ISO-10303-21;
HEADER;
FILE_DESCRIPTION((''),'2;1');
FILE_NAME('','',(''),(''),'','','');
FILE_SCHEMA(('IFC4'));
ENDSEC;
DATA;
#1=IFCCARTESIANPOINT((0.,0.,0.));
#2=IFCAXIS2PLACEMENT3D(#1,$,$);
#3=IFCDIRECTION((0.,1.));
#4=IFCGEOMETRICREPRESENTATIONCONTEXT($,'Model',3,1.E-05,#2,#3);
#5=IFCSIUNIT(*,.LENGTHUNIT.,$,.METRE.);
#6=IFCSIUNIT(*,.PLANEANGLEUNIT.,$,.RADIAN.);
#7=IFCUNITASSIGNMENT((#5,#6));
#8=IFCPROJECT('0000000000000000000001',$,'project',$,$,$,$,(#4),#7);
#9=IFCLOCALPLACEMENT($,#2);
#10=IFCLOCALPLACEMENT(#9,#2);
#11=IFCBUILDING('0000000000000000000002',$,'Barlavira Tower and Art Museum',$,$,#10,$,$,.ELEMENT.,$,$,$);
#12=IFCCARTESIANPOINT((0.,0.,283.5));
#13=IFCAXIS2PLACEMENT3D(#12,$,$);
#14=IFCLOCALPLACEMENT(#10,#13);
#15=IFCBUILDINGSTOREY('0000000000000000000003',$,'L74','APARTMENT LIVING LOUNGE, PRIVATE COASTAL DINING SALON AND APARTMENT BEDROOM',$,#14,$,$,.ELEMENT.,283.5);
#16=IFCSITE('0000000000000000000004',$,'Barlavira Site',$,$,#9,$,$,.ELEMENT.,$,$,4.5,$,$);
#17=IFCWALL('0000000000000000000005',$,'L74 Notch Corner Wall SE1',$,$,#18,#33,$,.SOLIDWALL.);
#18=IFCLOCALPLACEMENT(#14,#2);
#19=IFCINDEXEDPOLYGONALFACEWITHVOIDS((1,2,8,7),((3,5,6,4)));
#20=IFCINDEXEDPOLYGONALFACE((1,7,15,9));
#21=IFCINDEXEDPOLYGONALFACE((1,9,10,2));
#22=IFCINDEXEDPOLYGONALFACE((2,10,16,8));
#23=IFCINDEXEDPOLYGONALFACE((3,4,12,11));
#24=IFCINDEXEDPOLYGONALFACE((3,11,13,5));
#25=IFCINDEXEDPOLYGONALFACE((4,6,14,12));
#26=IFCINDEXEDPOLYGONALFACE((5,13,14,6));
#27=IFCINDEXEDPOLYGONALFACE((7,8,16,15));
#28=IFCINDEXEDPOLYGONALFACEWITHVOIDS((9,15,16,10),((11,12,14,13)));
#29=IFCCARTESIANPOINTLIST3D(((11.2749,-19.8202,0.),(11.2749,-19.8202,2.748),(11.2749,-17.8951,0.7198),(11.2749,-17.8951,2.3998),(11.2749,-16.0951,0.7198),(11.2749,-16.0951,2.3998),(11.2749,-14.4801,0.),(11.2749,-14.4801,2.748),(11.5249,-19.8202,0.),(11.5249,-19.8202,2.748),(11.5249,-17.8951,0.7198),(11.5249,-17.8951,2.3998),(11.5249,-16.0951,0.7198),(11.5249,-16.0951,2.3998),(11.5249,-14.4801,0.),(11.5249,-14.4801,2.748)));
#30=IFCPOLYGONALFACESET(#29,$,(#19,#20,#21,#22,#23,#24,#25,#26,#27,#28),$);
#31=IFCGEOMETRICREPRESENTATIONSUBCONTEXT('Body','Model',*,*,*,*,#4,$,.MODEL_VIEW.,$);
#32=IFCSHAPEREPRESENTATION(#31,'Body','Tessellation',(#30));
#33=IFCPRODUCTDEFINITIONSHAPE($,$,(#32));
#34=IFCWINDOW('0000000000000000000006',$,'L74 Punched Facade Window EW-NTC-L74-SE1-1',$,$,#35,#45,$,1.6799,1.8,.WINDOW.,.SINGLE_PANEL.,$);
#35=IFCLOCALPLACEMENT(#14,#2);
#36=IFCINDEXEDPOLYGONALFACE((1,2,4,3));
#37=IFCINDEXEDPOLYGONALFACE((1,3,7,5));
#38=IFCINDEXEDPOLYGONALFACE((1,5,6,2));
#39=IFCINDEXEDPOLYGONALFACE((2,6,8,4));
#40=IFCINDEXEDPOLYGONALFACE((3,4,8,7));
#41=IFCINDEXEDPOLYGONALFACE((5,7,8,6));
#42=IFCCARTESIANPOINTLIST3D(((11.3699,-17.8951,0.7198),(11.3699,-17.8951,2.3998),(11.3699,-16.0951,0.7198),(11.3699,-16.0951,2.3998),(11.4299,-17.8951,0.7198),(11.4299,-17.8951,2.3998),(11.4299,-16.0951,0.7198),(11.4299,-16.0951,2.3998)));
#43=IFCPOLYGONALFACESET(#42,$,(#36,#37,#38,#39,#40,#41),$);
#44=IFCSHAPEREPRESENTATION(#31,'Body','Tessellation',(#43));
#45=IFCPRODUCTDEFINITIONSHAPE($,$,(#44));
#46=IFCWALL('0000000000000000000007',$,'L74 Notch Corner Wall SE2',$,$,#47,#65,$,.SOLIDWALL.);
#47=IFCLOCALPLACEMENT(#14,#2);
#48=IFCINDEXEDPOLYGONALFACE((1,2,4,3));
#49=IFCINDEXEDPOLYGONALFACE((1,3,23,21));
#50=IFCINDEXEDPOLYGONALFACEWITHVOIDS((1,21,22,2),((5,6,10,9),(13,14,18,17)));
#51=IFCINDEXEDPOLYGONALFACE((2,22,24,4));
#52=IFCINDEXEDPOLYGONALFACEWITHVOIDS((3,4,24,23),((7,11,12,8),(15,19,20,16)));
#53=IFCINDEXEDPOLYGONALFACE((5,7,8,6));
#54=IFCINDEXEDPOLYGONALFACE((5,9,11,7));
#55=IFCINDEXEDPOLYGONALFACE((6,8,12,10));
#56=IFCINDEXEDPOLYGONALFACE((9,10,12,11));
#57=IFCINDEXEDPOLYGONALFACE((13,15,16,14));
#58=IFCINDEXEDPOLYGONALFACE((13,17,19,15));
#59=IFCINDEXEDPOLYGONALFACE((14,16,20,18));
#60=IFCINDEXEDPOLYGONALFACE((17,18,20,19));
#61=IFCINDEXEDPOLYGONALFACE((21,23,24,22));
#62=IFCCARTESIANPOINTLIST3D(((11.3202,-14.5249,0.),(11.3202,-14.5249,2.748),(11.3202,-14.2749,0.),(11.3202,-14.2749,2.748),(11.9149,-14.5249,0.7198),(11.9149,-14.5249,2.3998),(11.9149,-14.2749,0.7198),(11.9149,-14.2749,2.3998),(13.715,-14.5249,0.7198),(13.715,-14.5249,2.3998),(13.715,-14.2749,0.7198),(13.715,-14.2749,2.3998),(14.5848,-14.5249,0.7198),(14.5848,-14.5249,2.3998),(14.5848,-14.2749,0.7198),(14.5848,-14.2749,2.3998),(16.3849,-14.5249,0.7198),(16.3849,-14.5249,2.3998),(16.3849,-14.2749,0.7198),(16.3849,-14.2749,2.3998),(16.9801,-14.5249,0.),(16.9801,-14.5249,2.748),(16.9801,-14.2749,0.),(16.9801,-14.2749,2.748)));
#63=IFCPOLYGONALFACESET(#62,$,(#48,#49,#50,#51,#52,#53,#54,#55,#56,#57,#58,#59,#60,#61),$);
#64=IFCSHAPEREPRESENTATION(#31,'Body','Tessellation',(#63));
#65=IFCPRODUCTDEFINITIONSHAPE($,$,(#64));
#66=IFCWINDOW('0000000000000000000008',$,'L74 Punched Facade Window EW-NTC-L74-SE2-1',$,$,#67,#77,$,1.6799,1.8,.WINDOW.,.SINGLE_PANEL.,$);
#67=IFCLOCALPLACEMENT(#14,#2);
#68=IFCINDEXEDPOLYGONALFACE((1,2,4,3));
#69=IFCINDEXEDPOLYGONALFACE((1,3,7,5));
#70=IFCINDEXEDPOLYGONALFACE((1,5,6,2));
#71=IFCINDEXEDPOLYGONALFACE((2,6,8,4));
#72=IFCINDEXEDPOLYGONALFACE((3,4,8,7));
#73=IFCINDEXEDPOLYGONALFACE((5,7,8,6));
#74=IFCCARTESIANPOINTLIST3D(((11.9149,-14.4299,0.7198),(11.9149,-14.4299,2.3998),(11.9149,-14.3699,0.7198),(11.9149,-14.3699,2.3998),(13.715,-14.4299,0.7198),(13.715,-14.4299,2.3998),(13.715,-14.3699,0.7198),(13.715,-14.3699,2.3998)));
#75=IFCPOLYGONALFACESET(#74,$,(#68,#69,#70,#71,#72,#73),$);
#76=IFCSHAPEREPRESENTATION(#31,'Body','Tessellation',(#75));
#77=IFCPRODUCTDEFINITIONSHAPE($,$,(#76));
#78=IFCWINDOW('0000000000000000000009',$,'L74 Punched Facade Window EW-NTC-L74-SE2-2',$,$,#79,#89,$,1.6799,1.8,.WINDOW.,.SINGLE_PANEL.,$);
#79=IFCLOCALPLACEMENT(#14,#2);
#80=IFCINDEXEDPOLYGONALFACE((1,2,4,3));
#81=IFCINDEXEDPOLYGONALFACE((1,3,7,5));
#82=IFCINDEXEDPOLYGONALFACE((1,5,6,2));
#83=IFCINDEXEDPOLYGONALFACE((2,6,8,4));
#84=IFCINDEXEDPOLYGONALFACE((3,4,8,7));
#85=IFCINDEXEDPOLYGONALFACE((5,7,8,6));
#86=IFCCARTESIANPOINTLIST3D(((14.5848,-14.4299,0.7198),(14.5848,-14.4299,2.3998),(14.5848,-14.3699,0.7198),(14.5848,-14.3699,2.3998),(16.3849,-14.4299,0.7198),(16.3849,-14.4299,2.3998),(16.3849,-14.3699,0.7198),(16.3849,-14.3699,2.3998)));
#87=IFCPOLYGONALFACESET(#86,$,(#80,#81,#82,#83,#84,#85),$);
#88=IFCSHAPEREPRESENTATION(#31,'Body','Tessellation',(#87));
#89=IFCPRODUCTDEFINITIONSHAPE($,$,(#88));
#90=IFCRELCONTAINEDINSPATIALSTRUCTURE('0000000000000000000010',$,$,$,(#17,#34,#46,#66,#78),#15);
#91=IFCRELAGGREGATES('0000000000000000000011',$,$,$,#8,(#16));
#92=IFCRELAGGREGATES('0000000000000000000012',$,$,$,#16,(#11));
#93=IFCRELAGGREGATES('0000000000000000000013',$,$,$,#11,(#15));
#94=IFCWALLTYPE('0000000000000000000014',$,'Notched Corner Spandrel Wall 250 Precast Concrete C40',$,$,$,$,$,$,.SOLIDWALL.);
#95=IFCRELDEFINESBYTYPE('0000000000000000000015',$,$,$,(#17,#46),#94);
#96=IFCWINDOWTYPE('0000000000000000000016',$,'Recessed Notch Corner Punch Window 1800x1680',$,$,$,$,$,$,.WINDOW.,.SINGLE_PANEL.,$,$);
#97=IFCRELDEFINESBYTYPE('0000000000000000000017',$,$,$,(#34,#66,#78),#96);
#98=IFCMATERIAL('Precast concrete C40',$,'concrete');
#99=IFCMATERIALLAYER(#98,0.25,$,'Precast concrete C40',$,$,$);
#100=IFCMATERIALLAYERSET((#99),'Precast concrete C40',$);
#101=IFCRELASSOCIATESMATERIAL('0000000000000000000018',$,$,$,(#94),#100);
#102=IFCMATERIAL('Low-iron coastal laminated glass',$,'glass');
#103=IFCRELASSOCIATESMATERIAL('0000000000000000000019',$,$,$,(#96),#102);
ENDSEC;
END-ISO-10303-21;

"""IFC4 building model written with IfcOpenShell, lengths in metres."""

from ifc_helpers import new_model, si_unit, direction, frame, frame_2d, origin, place, context, subcontext, project, spatial, rectangle, extrude, material, layer, layer_set, type_object, element, fill, save


model = new_model("IFC4")

# Units and contexts
model_context = context("Model", 3, precision=1e-05, world=origin(), true_north=direction((0.0, 1.0)))
body_context = subcontext(model_context, "Body", "Model", "MODEL_VIEW")
ifc_project = project(units=[si_unit("LENGTHUNIT", "METRE"), si_unit("PLANEANGLEUNIT", "RADIAN")], contexts=[model_context])

# Site, building, storey
site_placement = place(None, origin())
site = spatial("IfcSite", under=ifc_project, at=site_placement, Name="Barlavira Site", CompositionType="ELEMENT", RefElevation=4.5)
building_placement = place(site_placement, origin())
building = spatial("IfcBuilding", under=site, at=building_placement, Name="Barlavira Tower and Art Museum", CompositionType="ELEMENT")
storey_placement = place(building_placement, frame((0.0, 0.0, 283.5)))
storey = spatial("IfcBuildingStorey", under=building, at=storey_placement, Name="L74", Description="APARTMENT LIVING LOUNGE, PRIVATE COASTAL DINING SALON AND APARTMENT BEDROOM", CompositionType="ELEMENT", Elevation=283.5)

# Shared definitions
ifc_material_1 = material(Name="Precast concrete C40", Category="concrete")
ifc_layer_1 = layer(ifc_material_1, 0.25, Name="Precast concrete C40")
ifc_layer_set_1 = layer_set([ifc_layer_1], Name="Precast concrete C40")
wall_type_1 = type_object("IfcWallType", Name="Notched Corner Spandrel Wall 250 Precast Concrete C40", PredefinedType="SOLIDWALL", material=ifc_layer_set_1)
ifc_material_2 = material(Name="Low-iron coastal laminated glass", Category="glass")

# Wall, opening, window
window_type_1 = type_object("IfcWindowType", Name="Recessed Notch Corner Punch Window 1800x1680", PartitioningType="SINGLE_PANEL", PredefinedType="WINDOW", material=ifc_material_2)
wall_1_placement = place(storey_placement, frame((11.3999, -19.8201, 0.0), z_axis=(0.0, 0.0, 1.0), x_axis=(0.0, 1.0, 0.0)))
wall_1 = element("IfcWall", 1, at=wall_1_placement, inside=storey, type_object=wall_type_1, Name="L74 Notch Corner Wall SE1", PredefinedType="SOLIDWALL", context=body_context, shape_type="SweptSolid", body=[
    extrude(rectangle(XDim=5.3401, YDim=0.25, at=frame_2d((2.6699, 0.0))), origin(), (0.0, 0.0, 1.0), 2.748),
])
opening_1_placement = place(wall_1_placement, frame((1.925, 0.0, 0.72)))
opening_1 = element("IfcOpeningElement", 2, at=opening_1_placement, cuts=wall_1, PredefinedType="OPENING", context=body_context, shape_type="SweptSolid", body=[
    extrude(rectangle(XDim=1.8, YDim=1.6799, at=frame_2d((0.8999, 0.8398))), frame((0.0, 0.135, 0.0), z_axis=(0.0, -1.0, 0.0), x_axis=(1.0, 0.0, 0.0)), (0.0, 0.0, 1.0), 0.27),
])
window_1_placement = place(opening_1_placement, origin())
window_1 = element("IfcWindow", 3, at=window_1_placement, inside=storey, type_object=window_type_1, Name="L74 Punched Facade Window EW-NTC-L74-SE1-1", OverallHeight=1.6799, OverallWidth=1.8, PartitioningType="SINGLE_PANEL", PredefinedType="WINDOW", context=body_context, shape_type="SweptSolid", body=[
    extrude(rectangle(XDim=1.8, YDim=1.6799, at=frame_2d((0.8999, 0.8398))), frame((0.0, 0.03, 0.0), z_axis=(0.0, -1.0, 0.0), x_axis=(1.0, 0.0, 0.0)), (0.0, 0.0, 1.0), 0.0601),
])
fill(opening_1, window_1)

# Wall, openings, windows
wall_2_placement = place(storey_placement, frame((11.3201, -14.3999, 0.0), z_axis=(0.0, 0.0, 1.0), x_axis=(1.0, 0.0, 0.0)))
wall_2 = element("IfcWall", 4, at=wall_2_placement, inside=storey, type_object=wall_type_1, Name="L74 Notch Corner Wall SE2", PredefinedType="SOLIDWALL", context=body_context, shape_type="SweptSolid", body=[
    extrude(rectangle(XDim=5.6599, YDim=0.25, at=frame_2d((2.8301, 0.0))), origin(), (0.0, 0.0, 1.0), 2.748),
])
opening_2_placement = place(wall_2_placement, frame((0.595, 0.0, 0.72)))
opening_2 = element("IfcOpeningElement", 5, at=opening_2_placement, cuts=wall_2, PredefinedType="OPENING", context=body_context, shape_type="SweptSolid", body=[
    extrude(rectangle(XDim=1.8, YDim=1.6799, at=frame_2d((0.8999, 0.8398))), frame((0.0, 0.135, 0.0), z_axis=(0.0, -1.0, 0.0), x_axis=(1.0, 0.0, 0.0)), (0.0, 0.0, 1.0), 0.27),
])
opening_3_placement = place(wall_2_placement, frame((3.2649, 0.0, 0.72)))
opening_3 = element("IfcOpeningElement", 6, at=opening_3_placement, cuts=wall_2, PredefinedType="OPENING", context=body_context, shape_type="SweptSolid", body=[
    extrude(rectangle(XDim=1.8, YDim=1.6799, at=frame_2d((0.8999, 0.8398))), frame((0.0, 0.135, 0.0), z_axis=(0.0, -1.0, 0.0), x_axis=(1.0, 0.0, 0.0)), (0.0, 0.0, 1.0), 0.27),
])
window_2_placement = place(opening_2_placement, origin())
window_2 = element("IfcWindow", 7, at=window_2_placement, inside=storey, type_object=window_type_1, Name="L74 Punched Facade Window EW-NTC-L74-SE2-1", OverallHeight=1.6799, OverallWidth=1.8, PartitioningType="SINGLE_PANEL", PredefinedType="WINDOW", context=body_context, shape_type="SweptSolid", body=[
    extrude(rectangle(XDim=1.8, YDim=1.6799, at=frame_2d((0.8999, 0.8398))), frame((0.0, 0.03, 0.0), z_axis=(0.0, -1.0, 0.0), x_axis=(1.0, 0.0, 0.0)), (0.0, 0.0, 1.0), 0.0601),
])
fill(opening_2, window_2)
window_3_placement = place(opening_3_placement, origin())
window_3 = element("IfcWindow", 8, at=window_3_placement, inside=storey, type_object=window_type_1, Name="L74 Punched Facade Window EW-NTC-L74-SE2-2", OverallHeight=1.6799, OverallWidth=1.8, PartitioningType="SINGLE_PANEL", PredefinedType="WINDOW", context=body_context, shape_type="SweptSolid", body=[
    extrude(rectangle(XDim=1.8, YDim=1.6799, at=frame_2d((0.8999, 0.8398))), frame((0.0, 0.03, 0.0), z_axis=(0.0, -1.0, 0.0), x_axis=(1.0, 0.0, 0.0)), (0.0, 0.0, 1.0), 0.0601),
])
fill(opening_3, window_3)

save(model, "model.ifc")
